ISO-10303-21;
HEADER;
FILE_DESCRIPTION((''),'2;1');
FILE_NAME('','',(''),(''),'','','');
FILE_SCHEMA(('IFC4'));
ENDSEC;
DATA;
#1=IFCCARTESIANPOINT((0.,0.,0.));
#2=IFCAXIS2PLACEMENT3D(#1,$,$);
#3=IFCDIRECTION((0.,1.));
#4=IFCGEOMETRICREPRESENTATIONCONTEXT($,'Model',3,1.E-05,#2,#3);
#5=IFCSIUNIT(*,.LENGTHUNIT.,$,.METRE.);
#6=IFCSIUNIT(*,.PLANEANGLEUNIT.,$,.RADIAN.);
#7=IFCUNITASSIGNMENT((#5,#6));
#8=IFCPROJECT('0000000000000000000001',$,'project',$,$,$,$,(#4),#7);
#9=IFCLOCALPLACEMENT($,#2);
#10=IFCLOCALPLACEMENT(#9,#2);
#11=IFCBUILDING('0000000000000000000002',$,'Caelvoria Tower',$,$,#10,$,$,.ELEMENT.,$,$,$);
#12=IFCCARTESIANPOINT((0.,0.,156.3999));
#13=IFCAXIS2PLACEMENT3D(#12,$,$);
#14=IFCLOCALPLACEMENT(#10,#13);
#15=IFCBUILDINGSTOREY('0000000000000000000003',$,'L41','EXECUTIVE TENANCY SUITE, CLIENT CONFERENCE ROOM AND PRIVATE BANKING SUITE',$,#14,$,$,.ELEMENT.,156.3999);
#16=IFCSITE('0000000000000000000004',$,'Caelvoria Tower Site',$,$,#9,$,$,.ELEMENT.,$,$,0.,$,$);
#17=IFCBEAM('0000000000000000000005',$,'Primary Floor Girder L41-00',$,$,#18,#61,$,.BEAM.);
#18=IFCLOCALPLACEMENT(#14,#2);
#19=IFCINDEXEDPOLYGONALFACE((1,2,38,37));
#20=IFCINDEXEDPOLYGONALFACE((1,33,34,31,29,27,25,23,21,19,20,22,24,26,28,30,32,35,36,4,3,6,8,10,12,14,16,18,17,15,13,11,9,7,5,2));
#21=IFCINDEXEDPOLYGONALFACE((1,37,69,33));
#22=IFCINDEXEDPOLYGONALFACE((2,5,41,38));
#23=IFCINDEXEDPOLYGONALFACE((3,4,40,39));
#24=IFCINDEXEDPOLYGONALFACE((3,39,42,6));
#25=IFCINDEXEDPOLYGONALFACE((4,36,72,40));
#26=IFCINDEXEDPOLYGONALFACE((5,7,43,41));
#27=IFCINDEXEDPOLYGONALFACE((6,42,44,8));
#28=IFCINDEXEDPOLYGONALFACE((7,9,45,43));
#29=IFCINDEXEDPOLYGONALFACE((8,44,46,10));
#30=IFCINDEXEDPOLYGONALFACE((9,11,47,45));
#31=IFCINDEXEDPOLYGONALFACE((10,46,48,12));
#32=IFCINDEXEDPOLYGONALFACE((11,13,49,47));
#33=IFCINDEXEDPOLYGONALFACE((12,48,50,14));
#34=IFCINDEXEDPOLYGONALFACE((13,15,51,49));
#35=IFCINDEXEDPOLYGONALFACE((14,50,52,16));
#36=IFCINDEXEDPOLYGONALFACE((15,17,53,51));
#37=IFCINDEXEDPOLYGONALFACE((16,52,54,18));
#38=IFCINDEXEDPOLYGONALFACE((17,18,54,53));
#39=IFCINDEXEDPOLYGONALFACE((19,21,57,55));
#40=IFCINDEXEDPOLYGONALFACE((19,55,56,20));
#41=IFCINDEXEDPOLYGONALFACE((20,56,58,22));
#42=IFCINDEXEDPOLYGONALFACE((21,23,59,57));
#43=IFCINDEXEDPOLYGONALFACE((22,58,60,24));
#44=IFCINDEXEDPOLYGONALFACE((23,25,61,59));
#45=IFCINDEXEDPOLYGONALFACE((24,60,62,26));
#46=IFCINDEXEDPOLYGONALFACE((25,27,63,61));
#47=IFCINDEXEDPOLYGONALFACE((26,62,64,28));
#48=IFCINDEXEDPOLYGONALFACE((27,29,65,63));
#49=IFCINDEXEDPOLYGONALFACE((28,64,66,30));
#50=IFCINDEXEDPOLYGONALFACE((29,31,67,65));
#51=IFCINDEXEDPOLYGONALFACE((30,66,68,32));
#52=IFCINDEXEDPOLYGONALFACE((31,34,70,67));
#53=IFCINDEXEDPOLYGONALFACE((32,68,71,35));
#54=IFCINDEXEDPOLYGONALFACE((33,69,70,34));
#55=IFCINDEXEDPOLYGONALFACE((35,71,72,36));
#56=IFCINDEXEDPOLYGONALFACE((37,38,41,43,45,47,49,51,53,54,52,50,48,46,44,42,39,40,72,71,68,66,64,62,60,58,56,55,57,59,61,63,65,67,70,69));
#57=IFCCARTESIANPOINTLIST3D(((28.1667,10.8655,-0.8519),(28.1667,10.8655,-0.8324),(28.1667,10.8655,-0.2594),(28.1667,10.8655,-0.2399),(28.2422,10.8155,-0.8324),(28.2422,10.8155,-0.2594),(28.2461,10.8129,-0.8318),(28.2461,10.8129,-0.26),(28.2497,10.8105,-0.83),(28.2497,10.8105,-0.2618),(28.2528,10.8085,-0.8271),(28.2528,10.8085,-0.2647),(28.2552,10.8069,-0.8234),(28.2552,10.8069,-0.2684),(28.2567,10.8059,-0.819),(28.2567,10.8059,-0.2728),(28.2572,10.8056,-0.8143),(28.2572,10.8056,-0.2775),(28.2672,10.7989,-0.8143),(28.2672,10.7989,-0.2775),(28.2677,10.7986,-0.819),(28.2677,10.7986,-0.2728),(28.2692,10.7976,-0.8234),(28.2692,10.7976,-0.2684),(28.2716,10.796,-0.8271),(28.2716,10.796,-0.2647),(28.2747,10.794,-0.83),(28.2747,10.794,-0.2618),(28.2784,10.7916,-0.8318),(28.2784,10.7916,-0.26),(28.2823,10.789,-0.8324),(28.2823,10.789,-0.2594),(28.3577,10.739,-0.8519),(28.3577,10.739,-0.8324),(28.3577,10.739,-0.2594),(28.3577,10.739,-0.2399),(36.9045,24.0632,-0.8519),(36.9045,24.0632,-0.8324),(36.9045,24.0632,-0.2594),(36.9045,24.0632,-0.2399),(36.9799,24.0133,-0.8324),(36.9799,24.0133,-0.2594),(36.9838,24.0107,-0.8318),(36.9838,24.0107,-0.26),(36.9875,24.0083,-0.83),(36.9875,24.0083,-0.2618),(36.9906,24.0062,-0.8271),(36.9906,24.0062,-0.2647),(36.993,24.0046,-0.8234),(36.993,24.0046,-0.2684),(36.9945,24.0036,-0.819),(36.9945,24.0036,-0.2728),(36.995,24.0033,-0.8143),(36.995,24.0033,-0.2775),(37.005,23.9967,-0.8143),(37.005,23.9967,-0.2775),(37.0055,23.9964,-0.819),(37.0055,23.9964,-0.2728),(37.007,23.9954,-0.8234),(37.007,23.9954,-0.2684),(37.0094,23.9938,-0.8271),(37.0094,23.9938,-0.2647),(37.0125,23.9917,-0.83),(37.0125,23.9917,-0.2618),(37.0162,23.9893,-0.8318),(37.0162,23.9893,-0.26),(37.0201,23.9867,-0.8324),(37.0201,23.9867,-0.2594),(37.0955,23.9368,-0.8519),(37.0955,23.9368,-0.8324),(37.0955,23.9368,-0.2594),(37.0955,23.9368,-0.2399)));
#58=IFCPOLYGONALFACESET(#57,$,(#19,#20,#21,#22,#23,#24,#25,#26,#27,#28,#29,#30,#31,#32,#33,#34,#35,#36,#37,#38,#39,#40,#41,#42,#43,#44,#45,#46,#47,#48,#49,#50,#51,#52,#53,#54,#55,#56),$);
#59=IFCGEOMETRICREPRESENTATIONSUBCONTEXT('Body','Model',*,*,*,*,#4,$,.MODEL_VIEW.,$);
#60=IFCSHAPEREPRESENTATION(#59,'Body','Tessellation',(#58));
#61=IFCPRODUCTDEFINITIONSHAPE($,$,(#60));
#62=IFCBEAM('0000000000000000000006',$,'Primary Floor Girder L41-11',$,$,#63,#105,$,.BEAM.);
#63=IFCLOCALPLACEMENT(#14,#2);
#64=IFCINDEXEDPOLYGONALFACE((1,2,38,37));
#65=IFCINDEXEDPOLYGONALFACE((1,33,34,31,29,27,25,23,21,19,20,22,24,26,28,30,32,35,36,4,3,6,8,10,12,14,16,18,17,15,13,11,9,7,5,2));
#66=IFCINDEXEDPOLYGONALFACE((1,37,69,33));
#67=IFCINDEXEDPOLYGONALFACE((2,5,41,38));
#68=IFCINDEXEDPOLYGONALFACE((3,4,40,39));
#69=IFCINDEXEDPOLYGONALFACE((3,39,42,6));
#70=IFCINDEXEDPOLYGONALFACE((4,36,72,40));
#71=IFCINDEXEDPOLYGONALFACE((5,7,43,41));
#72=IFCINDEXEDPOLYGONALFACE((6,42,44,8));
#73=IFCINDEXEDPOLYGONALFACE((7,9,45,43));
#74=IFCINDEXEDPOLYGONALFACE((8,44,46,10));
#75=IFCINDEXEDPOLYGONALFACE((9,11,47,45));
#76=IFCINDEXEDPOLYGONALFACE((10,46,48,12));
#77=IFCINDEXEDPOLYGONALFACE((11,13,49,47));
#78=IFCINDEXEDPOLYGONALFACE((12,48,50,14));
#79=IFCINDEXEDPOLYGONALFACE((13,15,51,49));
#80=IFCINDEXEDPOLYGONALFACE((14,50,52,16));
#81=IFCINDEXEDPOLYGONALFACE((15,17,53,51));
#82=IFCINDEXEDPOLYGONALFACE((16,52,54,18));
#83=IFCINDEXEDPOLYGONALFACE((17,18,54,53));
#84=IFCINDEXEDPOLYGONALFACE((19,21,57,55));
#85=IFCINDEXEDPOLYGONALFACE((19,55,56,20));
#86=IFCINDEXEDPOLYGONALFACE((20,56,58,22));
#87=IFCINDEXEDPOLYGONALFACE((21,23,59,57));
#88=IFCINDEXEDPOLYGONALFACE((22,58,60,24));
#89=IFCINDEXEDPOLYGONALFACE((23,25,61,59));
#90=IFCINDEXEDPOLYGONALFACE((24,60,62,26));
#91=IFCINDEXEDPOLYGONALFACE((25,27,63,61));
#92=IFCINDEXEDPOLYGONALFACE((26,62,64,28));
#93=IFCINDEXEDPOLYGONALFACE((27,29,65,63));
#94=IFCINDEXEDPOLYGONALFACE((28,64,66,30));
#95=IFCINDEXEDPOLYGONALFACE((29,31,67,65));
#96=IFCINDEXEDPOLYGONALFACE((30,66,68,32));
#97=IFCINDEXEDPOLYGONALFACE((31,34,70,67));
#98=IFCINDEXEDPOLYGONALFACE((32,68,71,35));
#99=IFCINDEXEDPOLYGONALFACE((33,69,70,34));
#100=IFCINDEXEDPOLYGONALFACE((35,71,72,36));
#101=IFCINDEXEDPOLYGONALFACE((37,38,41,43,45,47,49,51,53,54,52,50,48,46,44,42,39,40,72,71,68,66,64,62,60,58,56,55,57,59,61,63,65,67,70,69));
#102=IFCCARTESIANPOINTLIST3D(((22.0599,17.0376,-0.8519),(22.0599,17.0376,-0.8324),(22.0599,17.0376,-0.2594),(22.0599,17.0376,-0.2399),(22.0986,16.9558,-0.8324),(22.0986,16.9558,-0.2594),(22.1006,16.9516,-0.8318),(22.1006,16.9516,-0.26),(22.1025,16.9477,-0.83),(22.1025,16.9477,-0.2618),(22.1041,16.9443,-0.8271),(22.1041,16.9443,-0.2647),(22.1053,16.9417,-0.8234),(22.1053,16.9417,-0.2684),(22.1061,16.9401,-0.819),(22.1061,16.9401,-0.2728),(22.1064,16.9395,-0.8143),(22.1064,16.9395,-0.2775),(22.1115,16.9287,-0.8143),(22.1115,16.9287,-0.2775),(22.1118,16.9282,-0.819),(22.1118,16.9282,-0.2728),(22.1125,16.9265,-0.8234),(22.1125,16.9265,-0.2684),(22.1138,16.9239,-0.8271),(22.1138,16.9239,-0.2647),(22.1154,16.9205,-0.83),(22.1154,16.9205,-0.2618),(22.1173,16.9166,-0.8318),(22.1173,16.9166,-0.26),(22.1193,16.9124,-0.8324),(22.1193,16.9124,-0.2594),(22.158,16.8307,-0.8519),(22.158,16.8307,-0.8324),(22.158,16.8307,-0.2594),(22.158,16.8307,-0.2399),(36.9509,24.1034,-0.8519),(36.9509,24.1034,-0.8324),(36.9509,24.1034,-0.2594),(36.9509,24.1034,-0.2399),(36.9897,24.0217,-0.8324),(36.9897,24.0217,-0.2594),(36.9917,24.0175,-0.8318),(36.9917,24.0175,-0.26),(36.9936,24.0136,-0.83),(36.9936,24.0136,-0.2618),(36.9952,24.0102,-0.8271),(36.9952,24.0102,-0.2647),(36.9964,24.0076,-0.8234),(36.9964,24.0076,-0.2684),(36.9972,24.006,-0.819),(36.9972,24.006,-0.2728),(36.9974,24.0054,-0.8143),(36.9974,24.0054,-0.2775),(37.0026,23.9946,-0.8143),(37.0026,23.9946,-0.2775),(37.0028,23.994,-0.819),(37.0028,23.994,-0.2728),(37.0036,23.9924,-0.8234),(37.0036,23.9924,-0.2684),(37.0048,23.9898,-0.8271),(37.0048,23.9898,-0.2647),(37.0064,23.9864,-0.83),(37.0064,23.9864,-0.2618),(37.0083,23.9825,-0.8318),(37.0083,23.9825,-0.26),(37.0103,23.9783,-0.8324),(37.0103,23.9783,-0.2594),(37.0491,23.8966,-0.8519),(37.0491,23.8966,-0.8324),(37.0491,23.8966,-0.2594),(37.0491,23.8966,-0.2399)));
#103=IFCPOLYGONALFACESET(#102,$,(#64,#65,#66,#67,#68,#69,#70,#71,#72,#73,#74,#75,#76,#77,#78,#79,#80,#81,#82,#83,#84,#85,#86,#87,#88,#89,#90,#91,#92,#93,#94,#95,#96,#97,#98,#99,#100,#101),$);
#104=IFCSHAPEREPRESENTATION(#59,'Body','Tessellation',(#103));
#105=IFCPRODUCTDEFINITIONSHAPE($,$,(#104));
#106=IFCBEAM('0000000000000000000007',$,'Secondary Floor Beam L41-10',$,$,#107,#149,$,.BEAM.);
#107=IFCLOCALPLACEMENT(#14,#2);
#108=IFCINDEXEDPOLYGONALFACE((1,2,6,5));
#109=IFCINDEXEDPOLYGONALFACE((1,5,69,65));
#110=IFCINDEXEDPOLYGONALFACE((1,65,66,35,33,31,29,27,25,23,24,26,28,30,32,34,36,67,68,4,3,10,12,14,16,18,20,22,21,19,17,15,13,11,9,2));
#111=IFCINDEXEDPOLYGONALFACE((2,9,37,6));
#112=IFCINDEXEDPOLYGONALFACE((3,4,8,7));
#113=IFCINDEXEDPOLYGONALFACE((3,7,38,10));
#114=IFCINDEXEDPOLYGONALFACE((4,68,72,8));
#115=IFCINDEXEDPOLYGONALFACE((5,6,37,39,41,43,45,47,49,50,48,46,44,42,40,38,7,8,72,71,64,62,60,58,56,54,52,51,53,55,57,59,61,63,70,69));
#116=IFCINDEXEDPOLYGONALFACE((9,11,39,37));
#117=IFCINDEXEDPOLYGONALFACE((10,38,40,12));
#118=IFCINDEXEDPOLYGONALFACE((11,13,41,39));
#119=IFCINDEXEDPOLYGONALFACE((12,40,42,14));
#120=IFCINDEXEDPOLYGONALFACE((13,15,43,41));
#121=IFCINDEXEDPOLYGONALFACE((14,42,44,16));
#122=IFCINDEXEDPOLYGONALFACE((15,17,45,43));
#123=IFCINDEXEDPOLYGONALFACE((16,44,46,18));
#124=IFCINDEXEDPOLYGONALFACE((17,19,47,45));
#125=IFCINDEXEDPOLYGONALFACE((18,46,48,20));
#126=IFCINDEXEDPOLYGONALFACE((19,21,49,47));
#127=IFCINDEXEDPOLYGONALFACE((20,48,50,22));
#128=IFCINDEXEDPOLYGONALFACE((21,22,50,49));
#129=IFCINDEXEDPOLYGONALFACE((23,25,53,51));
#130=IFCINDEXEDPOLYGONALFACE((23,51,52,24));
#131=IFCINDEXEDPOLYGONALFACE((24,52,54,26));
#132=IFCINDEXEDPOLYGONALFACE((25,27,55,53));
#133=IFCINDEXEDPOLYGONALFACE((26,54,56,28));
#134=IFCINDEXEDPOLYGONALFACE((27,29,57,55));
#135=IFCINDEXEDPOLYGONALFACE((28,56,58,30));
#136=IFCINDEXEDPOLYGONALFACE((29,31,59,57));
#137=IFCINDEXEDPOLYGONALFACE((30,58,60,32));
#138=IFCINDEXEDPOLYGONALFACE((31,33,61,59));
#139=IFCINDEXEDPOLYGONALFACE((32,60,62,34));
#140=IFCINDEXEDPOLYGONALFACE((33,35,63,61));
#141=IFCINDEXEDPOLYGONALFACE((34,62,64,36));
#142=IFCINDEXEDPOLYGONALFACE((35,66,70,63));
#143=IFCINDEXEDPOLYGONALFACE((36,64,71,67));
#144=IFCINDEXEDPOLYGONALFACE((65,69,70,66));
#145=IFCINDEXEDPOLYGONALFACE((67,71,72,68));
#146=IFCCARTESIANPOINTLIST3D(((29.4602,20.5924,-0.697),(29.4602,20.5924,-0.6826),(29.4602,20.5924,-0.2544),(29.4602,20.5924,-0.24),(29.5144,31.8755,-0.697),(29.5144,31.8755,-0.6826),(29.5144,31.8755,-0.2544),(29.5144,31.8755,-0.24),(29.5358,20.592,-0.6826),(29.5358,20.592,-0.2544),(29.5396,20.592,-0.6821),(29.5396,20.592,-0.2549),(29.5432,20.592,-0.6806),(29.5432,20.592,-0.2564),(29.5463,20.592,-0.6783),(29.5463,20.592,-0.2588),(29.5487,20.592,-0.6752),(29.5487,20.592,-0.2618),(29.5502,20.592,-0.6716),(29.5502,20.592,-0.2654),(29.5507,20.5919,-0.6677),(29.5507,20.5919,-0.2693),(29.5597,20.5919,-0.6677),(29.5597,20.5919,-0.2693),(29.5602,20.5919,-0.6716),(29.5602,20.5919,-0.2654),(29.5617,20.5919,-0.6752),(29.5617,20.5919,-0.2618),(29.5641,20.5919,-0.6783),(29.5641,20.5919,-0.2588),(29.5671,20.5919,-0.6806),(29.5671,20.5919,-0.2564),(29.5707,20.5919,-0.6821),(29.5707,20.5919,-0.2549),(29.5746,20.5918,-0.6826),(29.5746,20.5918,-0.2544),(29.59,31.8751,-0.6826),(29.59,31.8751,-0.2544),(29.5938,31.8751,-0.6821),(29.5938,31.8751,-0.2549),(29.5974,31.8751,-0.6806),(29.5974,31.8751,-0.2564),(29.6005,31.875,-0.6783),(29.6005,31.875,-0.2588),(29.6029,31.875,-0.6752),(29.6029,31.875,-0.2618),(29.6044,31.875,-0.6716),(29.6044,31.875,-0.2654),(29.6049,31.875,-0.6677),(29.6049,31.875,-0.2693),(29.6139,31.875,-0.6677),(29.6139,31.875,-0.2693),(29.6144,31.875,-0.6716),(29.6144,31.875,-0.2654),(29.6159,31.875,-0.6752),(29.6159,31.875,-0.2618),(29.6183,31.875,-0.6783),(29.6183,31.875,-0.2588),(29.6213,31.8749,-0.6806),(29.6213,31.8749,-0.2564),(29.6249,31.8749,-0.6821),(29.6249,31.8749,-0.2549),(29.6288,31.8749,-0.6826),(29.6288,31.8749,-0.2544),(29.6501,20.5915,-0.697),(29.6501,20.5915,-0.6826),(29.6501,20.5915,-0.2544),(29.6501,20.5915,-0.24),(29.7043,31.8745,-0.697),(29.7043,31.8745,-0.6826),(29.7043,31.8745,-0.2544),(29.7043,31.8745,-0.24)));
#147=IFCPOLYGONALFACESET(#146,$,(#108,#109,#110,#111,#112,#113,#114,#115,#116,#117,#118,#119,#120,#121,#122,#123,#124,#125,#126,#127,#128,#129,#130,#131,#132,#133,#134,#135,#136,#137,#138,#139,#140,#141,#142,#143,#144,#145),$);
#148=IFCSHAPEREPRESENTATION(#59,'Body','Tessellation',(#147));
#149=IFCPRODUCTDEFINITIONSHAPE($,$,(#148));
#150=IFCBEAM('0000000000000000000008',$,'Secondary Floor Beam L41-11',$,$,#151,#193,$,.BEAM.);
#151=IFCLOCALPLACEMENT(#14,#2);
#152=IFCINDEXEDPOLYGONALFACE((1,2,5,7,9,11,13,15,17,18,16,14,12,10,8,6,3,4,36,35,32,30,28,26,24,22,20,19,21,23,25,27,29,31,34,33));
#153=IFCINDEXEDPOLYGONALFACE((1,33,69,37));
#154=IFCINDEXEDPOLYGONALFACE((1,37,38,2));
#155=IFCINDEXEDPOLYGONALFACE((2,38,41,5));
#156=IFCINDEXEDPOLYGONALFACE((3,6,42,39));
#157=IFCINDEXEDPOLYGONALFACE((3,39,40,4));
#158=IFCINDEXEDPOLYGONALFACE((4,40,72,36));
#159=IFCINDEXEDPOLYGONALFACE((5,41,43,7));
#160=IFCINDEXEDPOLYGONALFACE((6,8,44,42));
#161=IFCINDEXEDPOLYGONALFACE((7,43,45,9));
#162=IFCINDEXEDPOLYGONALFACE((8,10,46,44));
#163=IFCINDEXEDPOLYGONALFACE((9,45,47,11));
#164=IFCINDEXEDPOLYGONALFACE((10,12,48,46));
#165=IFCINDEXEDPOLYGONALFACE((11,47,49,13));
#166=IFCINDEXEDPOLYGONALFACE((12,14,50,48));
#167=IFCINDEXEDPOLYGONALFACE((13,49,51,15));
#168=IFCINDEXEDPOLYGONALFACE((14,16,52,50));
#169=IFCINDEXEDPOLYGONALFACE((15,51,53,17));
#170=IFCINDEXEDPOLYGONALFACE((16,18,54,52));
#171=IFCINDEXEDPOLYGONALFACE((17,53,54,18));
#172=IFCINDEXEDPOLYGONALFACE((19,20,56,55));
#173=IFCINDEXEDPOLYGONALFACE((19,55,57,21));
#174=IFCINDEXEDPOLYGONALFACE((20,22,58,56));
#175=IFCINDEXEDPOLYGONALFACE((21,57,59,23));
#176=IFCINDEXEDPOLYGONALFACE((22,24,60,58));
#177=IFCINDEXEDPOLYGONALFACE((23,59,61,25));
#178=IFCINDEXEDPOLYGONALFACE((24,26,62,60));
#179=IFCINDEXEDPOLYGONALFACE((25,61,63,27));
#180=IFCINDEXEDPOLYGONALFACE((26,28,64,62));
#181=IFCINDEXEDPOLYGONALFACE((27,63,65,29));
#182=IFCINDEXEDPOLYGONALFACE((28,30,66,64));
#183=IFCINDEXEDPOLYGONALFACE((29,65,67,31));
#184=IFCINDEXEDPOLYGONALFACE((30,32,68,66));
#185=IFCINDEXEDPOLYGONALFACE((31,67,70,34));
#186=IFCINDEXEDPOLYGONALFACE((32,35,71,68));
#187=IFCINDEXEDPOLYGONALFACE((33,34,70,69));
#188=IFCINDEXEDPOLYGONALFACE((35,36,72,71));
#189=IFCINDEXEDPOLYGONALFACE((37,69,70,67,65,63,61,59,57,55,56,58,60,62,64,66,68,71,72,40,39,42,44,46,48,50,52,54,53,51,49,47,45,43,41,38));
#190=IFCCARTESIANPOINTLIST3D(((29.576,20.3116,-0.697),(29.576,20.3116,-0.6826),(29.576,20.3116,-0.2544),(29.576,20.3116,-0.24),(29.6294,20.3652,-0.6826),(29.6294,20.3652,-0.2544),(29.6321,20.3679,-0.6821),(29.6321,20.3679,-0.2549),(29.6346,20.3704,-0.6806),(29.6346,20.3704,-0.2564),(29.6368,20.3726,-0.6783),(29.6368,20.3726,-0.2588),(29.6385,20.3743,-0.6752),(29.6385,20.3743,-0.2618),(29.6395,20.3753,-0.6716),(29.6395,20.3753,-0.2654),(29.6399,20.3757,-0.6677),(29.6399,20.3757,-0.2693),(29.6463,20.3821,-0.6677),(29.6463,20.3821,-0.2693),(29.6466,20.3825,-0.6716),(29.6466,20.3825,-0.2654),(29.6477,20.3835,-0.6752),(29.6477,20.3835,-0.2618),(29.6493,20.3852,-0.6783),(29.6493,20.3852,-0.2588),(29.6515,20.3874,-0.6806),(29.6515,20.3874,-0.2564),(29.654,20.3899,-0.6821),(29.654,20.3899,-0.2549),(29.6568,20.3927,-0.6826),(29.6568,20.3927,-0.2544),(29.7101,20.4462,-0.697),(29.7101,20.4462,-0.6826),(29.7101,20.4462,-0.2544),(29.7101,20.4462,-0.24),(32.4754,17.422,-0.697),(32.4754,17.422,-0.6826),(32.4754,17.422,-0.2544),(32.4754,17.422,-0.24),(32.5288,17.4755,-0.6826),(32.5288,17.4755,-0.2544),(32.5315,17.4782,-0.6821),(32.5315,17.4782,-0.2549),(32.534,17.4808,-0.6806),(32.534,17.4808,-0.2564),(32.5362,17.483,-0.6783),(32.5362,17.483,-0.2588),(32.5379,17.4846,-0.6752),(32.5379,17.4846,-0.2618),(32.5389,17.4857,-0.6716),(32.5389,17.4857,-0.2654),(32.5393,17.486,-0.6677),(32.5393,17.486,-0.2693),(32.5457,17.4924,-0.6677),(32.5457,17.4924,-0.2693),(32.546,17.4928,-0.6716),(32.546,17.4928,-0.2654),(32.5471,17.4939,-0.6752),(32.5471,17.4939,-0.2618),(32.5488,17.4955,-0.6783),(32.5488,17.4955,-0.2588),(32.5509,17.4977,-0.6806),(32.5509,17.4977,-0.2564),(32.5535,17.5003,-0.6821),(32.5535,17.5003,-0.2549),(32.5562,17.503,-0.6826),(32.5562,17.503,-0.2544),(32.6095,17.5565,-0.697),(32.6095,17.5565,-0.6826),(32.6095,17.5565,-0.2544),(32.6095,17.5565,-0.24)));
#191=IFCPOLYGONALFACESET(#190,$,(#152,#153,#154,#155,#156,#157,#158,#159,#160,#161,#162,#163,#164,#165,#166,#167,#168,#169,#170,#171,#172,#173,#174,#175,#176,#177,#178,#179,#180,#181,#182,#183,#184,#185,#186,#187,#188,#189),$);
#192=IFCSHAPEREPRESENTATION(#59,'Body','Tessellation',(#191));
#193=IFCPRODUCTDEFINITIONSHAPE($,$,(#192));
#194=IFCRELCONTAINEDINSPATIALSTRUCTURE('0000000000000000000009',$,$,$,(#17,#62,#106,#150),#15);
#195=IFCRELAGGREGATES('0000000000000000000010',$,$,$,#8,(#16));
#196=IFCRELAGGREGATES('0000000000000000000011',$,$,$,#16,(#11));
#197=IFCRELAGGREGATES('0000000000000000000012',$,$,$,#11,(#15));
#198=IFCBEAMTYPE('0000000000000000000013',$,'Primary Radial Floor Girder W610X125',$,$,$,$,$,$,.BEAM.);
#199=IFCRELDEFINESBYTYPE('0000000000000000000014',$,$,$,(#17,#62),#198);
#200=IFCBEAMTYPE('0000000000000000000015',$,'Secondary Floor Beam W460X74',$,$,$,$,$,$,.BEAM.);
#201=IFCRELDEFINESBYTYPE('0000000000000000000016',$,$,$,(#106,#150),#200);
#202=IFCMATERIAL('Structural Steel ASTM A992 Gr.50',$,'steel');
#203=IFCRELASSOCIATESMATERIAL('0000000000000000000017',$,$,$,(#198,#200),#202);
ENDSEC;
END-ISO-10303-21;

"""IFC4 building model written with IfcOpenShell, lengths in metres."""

from ifc_helpers import new_model, si_unit, direction, frame, origin, origin_2d, place, context, subcontext, project, spatial, i_section, extrude, material, material_profile, profile_set, type_object, element, save


model = new_model("IFC4")

# Units and contexts
model_context = context("Model", 3, precision=1e-05, world=origin(), true_north=direction((0.0, 1.0)))
body_context = subcontext(model_context, "Body", "Model", "MODEL_VIEW")
ifc_project = project(units=[si_unit("LENGTHUNIT", "METRE"), si_unit("PLANEANGLEUNIT", "RADIAN")], contexts=[model_context])

# Site, building, storey
site_placement = place(None, origin())
site = spatial("IfcSite", under=ifc_project, at=site_placement, Name="Caelvoria Tower Site", CompositionType="ELEMENT", RefElevation=0.0)
building_placement = place(site_placement, origin())
building = spatial("IfcBuilding", under=site, at=building_placement, Name="Caelvoria Tower", CompositionType="ELEMENT")
storey_placement = place(building_placement, frame((0.0, 0.0, 156.3999)))
storey = spatial("IfcBuildingStorey", under=building, at=storey_placement, Name="L41", Description="EXECUTIVE TENANCY SUITE, CLIENT CONFERENCE ROOM AND PRIVATE BANKING SUITE", CompositionType="ELEMENT", Elevation=156.3999)

# Beams
ifc_material_1 = material(Name="Structural Steel ASTM A992 Gr.50", Category="steel")
ifc_material_profile_1 = material_profile(ifc_material_1, i_section(OverallWidth=0.229, OverallDepth=0.6121, WebThickness=0.012, FlangeThickness=0.0195, FilletRadius=0.0181, at=origin_2d()), Name="Structural Steel ASTM A992 Gr.50")
ifc_profile_set_1 = profile_set([ifc_material_profile_1], Name="W610X125 - Structural Steel ASTM A992 Gr.50")
beam_type_1 = type_object("IfcBeamType", Name="Primary Radial Floor Girder W610X125", PredefinedType="BEAM", material=ifc_profile_set_1)
beam_1_placement = place(storey_placement, frame((37.0, 24.0, -0.5459), z_axis=(-0.552042, -0.833816, 0.0), x_axis=(0.833816, -0.552042, 0.0)))
element("IfcBeam", 1, at=beam_1_placement, inside=storey, type_object=beam_type_1, Name="Primary Floor Girder L41-00", PredefinedType="BEAM", context=body_context, shape_type="SweptSolid", body=[
    extrude(i_section(OverallWidth=0.229, OverallDepth=0.6121, WebThickness=0.012, FlangeThickness=0.0195, FilletRadius=0.0181, at=origin_2d()), origin(), (0.0, 0.0, 1.0), 15.8281),
])
beam_2_placement = place(storey_placement, frame((37.0, 24.0, -0.5459), z_axis=(-0.903451, -0.428692, 0.0), x_axis=(0.428692, -0.903451, 0.0)))
element("IfcBeam", 2, at=beam_2_placement, inside=storey, type_object=beam_type_1, Name="Primary Floor Girder L41-11", PredefinedType="BEAM", context=body_context, shape_type="SweptSolid", body=[
    extrude(i_section(OverallWidth=0.229, OverallDepth=0.6121, WebThickness=0.012, FlangeThickness=0.0195, FilletRadius=0.0181, at=origin_2d()), origin(), (0.0, 0.0, 1.0), 16.4824),
])
ifc_material_profile_2 = material_profile(ifc_material_1, i_section(OverallWidth=0.1899, OverallDepth=0.457, WebThickness=0.009, FlangeThickness=0.0144, FilletRadius=0.0149, at=origin_2d()), Name="Structural Steel ASTM A992 Gr.50")
ifc_profile_set_2 = profile_set([ifc_material_profile_2], Name="W460X74 - Structural Steel ASTM A992 Gr.50")
beam_type_2 = type_object("IfcBeamType", Name="Secondary Floor Beam W460X74", PredefinedType="BEAM", material=ifc_profile_set_2)
beam_3_placement = place(storey_placement, frame((29.6094, 31.875, -0.4685), z_axis=(-0.004804, -0.999988, 0.0), x_axis=(0.999988, -0.004804, 0.0)))
element("IfcBeam", 3, at=beam_3_placement, inside=storey, type_object=beam_type_2, Name="Secondary Floor Beam L41-10", PredefinedType="BEAM", context=body_context, shape_type="SweptSolid", body=[
    extrude(i_section(OverallWidth=0.1899, OverallDepth=0.457, WebThickness=0.009, FlangeThickness=0.0144, FilletRadius=0.0149, at=origin_2d()), origin(), (0.0, 0.0, 1.0), 11.2832),
])
beam_4_placement = place(storey_placement, frame((29.6431, 20.3789, -0.4685), z_axis=(0.708299, -0.705913, 0.0), x_axis=(0.705913, 0.708299, 0.0)))
element("IfcBeam", 4, at=beam_4_placement, inside=storey, type_object=beam_type_2, Name="Secondary Floor Beam L41-11", PredefinedType="BEAM", context=body_context, shape_type="SweptSolid", body=[
    extrude(i_section(OverallWidth=0.1899, OverallDepth=0.457, WebThickness=0.009, FlangeThickness=0.0144, FilletRadius=0.0149, at=origin_2d()), origin(), (0.0, 0.0, 1.0), 4.0935),
])

save(model, "model.ifc")
